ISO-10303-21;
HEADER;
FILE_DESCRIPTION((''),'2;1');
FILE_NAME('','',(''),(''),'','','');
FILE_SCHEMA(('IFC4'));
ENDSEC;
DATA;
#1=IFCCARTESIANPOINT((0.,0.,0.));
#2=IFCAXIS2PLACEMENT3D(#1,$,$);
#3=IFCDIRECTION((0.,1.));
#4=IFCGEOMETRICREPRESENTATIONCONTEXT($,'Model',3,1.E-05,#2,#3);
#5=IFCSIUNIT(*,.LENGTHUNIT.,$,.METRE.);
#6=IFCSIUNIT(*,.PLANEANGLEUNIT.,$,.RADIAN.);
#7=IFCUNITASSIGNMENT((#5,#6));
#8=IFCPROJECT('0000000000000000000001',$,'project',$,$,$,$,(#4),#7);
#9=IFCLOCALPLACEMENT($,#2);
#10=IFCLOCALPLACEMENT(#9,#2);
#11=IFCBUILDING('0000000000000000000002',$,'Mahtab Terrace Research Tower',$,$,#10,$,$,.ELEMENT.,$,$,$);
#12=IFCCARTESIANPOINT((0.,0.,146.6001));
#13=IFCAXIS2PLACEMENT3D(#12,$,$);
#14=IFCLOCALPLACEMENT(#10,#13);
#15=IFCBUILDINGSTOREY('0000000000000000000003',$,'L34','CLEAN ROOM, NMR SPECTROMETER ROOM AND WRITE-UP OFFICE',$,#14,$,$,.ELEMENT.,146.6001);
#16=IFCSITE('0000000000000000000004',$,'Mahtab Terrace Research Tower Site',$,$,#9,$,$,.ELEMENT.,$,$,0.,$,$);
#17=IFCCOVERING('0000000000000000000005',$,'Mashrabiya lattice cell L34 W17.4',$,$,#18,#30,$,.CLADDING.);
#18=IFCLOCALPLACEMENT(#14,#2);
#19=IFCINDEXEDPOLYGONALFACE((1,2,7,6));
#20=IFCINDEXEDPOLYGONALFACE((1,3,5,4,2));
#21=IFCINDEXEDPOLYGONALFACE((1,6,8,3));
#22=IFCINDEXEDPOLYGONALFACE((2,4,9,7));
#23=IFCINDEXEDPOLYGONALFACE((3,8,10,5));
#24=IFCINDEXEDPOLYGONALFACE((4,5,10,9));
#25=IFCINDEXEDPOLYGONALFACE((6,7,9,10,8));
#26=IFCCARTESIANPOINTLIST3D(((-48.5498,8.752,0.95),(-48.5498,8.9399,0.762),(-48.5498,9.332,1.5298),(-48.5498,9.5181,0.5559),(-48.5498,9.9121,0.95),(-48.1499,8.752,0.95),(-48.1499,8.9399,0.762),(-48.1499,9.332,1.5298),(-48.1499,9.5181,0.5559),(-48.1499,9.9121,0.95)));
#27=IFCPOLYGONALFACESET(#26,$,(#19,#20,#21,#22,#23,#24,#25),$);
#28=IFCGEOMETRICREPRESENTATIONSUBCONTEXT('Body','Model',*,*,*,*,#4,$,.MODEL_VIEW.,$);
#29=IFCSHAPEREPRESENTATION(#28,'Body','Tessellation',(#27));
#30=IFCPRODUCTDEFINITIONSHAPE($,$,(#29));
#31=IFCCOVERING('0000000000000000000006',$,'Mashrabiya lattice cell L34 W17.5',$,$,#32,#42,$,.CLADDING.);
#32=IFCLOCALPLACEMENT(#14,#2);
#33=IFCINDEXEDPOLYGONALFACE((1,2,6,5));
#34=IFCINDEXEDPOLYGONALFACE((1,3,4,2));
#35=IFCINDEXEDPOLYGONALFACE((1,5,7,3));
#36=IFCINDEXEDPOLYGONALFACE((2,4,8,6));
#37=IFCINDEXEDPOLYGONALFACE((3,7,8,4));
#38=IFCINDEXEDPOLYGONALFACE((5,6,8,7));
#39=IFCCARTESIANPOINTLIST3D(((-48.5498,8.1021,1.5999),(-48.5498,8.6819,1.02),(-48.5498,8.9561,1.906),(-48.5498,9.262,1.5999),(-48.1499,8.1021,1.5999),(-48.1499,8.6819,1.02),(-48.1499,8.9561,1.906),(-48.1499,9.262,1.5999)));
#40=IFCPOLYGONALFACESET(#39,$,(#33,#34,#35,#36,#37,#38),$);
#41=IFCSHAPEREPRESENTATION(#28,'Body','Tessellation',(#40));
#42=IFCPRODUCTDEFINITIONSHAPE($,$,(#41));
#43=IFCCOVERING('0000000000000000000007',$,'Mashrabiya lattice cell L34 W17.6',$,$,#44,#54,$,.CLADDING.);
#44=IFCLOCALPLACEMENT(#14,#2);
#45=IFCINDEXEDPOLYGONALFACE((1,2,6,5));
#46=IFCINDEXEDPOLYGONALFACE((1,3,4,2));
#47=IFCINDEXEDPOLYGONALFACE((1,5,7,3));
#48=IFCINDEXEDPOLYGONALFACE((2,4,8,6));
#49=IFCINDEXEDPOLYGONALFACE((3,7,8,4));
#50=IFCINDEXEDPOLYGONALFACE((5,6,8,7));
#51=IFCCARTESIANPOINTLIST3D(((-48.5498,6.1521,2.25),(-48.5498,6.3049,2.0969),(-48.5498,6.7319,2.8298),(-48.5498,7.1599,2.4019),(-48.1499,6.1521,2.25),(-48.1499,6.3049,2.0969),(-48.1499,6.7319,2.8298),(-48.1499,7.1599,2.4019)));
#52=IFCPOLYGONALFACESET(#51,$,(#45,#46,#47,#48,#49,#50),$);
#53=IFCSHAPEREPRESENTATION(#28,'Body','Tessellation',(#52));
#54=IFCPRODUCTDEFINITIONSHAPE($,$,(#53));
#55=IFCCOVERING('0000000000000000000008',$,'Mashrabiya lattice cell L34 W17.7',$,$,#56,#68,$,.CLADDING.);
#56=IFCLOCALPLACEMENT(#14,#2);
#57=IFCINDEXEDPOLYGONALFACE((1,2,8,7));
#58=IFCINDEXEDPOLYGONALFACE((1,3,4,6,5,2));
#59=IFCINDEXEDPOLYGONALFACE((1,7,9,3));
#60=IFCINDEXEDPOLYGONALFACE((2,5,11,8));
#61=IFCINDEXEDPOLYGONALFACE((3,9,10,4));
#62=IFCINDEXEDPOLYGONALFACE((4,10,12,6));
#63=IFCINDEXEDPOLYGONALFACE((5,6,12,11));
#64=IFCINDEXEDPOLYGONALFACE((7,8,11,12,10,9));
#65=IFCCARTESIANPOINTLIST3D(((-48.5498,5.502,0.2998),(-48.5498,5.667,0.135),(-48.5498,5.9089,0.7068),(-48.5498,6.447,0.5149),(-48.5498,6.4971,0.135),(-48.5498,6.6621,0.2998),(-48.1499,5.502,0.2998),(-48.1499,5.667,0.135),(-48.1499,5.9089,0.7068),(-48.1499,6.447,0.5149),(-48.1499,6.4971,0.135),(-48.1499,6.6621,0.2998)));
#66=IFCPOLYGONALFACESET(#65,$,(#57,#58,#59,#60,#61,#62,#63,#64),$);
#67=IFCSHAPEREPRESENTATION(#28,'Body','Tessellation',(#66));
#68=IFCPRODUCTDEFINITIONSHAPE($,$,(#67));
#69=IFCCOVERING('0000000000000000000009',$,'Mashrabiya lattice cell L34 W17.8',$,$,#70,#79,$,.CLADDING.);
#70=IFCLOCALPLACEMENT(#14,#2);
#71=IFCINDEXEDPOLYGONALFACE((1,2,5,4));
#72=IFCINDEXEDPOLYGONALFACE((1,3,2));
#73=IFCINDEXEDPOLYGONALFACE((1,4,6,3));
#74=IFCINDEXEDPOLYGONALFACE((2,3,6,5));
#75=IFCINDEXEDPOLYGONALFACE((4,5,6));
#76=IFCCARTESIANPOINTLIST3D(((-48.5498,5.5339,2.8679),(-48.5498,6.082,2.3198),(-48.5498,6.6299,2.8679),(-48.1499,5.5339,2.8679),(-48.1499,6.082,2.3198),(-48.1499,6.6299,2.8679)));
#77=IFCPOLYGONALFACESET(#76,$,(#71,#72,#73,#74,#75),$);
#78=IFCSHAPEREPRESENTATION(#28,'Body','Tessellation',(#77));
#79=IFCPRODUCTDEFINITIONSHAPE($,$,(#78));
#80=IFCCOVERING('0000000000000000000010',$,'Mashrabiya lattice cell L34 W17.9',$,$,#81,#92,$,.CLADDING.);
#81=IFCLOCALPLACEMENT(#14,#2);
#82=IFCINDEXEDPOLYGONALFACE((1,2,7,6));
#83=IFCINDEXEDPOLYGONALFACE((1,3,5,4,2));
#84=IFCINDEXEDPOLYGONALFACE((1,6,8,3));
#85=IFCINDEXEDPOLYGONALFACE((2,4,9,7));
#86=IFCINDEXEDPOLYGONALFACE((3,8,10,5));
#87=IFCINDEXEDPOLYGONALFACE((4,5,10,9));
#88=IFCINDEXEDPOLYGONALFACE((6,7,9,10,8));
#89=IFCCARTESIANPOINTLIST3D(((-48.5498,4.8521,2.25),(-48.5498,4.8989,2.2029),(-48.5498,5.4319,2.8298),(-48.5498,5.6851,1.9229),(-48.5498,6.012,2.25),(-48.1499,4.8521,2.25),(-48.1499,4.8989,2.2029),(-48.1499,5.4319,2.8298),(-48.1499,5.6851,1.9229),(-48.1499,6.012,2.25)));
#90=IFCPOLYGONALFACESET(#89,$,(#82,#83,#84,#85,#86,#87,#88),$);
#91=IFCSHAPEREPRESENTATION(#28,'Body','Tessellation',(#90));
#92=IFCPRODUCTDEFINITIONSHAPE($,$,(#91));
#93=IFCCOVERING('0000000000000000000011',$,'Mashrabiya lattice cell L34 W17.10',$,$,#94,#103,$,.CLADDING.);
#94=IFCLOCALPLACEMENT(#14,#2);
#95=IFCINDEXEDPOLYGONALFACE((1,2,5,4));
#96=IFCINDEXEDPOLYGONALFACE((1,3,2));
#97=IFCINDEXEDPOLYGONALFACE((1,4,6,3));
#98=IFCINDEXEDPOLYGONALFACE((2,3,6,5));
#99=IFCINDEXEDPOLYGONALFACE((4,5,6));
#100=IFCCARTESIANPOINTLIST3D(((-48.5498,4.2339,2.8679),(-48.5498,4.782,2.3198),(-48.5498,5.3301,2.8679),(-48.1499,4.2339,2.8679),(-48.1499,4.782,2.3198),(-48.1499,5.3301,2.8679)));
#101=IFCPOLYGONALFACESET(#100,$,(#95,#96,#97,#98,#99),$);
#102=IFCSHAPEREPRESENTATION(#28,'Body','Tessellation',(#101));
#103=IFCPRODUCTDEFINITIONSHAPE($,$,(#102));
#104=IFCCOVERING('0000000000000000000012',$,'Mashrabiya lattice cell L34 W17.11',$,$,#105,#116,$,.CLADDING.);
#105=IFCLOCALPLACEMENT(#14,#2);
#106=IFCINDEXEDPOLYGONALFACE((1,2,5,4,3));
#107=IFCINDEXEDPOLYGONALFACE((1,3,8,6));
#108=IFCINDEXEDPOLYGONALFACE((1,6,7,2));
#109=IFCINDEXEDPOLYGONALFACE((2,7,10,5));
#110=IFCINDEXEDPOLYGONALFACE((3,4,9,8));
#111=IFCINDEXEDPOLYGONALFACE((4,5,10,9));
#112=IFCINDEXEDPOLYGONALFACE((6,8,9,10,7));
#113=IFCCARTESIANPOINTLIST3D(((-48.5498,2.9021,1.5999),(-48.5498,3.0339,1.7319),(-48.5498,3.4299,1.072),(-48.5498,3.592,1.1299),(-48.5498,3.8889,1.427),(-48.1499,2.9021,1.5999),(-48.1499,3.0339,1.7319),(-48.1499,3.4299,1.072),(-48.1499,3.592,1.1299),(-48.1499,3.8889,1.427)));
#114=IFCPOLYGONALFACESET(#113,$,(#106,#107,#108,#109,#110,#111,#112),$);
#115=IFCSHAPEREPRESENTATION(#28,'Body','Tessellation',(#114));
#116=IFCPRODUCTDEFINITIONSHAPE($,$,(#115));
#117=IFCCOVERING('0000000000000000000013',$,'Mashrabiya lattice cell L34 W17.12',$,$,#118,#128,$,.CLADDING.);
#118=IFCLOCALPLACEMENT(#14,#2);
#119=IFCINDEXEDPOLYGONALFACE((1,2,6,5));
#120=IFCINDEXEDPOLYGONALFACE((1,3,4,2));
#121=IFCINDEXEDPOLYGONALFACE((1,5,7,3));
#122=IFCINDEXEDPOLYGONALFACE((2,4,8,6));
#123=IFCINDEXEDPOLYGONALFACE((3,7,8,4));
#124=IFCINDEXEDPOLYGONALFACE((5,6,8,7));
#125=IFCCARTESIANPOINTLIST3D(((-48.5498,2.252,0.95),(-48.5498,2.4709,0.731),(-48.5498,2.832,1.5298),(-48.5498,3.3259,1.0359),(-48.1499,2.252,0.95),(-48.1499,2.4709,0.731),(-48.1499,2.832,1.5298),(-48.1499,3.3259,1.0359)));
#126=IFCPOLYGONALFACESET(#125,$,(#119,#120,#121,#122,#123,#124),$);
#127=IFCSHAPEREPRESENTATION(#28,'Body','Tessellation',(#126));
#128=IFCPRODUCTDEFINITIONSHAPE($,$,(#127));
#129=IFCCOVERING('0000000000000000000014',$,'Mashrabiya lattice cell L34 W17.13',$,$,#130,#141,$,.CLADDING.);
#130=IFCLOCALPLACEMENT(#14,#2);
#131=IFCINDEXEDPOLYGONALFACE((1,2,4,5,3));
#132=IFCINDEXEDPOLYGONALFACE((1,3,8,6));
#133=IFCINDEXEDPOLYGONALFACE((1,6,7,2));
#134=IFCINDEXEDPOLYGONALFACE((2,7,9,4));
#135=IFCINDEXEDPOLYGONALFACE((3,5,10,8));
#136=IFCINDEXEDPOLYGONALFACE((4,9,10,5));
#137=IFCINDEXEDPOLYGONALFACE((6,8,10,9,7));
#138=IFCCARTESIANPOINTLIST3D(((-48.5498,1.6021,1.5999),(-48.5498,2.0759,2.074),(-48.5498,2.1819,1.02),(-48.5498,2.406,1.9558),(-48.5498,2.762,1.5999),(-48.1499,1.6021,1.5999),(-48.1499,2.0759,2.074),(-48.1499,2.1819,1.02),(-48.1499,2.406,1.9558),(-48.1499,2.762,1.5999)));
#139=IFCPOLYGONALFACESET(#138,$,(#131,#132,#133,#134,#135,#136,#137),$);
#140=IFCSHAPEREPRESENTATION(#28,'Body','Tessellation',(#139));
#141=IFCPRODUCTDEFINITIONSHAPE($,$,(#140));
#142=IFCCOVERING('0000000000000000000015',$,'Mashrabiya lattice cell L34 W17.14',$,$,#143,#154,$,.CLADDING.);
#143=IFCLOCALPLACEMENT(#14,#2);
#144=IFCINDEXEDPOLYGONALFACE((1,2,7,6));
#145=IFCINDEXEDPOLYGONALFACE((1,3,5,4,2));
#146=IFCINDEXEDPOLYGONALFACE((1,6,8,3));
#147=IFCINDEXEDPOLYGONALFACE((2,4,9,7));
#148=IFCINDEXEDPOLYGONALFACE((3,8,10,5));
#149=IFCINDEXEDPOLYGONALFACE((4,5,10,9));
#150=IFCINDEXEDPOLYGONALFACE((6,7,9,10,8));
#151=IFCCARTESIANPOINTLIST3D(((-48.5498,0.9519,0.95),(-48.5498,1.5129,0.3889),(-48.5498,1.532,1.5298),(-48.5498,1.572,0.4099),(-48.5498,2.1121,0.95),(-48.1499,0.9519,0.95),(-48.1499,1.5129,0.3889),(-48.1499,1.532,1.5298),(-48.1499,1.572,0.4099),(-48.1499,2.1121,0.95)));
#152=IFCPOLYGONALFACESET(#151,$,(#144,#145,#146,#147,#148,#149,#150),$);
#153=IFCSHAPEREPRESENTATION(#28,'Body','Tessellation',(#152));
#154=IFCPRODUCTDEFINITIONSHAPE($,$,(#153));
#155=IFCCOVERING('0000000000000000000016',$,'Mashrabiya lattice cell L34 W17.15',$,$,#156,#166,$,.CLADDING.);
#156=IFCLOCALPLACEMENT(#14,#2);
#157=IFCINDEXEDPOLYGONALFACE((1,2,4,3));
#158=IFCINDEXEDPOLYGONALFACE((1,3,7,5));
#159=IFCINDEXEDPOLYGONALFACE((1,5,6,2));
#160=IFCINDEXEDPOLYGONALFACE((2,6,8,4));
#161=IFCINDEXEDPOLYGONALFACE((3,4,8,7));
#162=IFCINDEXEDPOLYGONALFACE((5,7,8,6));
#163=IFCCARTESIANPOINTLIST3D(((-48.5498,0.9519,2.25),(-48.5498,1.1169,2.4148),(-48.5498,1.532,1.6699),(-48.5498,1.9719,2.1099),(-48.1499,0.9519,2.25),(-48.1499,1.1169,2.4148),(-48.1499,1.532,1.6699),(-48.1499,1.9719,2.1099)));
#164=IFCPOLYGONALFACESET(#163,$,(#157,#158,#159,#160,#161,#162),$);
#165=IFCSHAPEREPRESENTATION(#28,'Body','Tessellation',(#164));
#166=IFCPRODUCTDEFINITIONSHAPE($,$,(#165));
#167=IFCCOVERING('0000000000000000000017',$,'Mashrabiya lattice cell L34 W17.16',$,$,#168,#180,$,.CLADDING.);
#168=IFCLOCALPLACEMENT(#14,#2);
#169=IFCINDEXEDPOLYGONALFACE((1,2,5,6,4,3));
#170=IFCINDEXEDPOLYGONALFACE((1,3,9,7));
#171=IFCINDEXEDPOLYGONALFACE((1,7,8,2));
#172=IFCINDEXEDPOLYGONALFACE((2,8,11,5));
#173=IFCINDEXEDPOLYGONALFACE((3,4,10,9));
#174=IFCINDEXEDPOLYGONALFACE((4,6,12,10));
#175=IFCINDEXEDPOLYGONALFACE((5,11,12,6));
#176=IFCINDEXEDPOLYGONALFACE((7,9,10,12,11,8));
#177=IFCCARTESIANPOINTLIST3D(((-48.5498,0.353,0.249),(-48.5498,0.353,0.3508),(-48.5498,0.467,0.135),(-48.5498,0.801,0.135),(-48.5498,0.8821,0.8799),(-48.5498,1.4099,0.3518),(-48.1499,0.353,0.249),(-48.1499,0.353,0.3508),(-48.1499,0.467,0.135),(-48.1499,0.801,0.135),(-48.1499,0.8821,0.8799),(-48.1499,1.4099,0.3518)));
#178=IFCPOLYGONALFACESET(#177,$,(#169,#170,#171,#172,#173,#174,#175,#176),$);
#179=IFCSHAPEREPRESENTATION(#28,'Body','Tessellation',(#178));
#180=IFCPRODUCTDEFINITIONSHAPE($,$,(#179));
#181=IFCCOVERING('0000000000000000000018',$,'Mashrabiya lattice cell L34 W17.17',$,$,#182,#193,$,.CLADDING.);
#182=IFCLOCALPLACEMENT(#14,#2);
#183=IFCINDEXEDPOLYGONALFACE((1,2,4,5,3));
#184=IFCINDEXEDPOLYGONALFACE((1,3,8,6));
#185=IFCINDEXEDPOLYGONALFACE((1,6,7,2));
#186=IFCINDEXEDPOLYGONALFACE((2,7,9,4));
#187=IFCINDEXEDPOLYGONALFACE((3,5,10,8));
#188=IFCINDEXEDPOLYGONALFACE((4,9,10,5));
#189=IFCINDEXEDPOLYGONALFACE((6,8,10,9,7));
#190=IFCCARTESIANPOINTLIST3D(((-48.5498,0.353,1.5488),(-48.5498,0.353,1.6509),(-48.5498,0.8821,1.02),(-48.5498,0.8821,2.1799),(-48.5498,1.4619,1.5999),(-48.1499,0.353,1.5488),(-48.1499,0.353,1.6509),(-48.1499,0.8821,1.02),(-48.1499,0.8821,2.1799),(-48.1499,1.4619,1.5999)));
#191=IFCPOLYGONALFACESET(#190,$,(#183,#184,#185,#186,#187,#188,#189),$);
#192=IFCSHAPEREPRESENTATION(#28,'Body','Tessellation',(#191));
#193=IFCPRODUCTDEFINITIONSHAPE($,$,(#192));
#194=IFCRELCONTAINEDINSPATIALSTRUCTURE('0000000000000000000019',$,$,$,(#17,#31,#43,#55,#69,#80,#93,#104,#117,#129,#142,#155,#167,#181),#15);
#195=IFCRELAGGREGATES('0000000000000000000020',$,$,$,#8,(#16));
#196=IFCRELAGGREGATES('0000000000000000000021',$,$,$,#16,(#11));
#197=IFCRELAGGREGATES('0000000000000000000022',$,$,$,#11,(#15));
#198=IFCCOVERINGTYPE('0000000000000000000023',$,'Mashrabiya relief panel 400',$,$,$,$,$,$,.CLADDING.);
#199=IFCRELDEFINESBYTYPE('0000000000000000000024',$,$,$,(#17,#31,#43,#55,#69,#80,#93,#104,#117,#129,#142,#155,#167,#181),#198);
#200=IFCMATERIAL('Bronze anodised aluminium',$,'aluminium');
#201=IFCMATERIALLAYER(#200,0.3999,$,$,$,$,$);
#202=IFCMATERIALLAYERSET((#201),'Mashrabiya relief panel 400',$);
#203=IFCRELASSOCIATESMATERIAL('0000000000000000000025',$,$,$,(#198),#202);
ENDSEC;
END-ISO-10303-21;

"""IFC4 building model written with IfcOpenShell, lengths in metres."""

from ifc_helpers import new_model, si_unit, direction, frame, origin, place, context, subcontext, project, spatial, polyline, outline, extrude, material, layer, layer_set, type_object, element, save


model = new_model("IFC4")

# Units and contexts
model_context = context("Model", 3, precision=1e-05, world=origin(), true_north=direction((0.0, 1.0)))
body_context = subcontext(model_context, "Body", "Model", "MODEL_VIEW")
ifc_project = project(units=[si_unit("LENGTHUNIT", "METRE"), si_unit("PLANEANGLEUNIT", "RADIAN")], contexts=[model_context])

# Site, building, storey
site_placement = place(None, origin())
site = spatial("IfcSite", under=ifc_project, at=site_placement, Name="Mahtab Terrace Research Tower Site", CompositionType="ELEMENT", RefElevation=0.0)
building_placement = place(site_placement, origin())
building = spatial("IfcBuilding", under=site, at=building_placement, Name="Mahtab Terrace Research Tower", CompositionType="ELEMENT")
storey_placement = place(building_placement, frame((0.0, 0.0, 146.6001)))
storey = spatial("IfcBuildingStorey", under=building, at=storey_placement, Name="L34", Description="CLEAN ROOM, NMR SPECTROMETER ROOM AND WRITE-UP OFFICE", CompositionType="ELEMENT", Elevation=146.6001)

# Coverings
ifc_material_1 = material(Name="Bronze anodised aluminium", Category="aluminium")
ifc_layer_1 = layer(ifc_material_1, 0.3999)
ifc_layer_set_1 = layer_set([ifc_layer_1], Name="Mashrabiya relief panel 400")
covering_type = type_object("IfcCoveringType", Name="Mashrabiya relief panel 400", PredefinedType="CLADDING", material=ifc_layer_set_1)
covering_1_placement = place(storey_placement, frame((-48.1499, 9.9121, 0.95), z_axis=(1.0, 0.0, 0.0), x_axis=(0.0, -0.707256, 0.706958)))
element("IfcCovering", 1, at=covering_1_placement, inside=storey, type_object=covering_type, Name="Mashrabiya lattice cell L34 W17.4", PredefinedType="CLADDING", context=body_context, shape_type="SweptSolid", body=[
    extrude(outline(polyline([(0.0, 0.0), (0.8202, 0.0), (0.8205, 0.8202), (0.5547, 0.8202), (0.0001, 0.5573), (0.0, 0.0)])), origin(), (0.0, 0.0, -1.0), 0.3999),
])
covering_2_placement = place(storey_placement, frame((-48.1499, 8.1021, 1.5999), z_axis=(1.0, 0.0, 0.0), x_axis=(0.0, 0.707107, -0.707107)))
element("IfcCovering", 2, at=covering_2_placement, inside=storey, type_object=covering_type, Name="Mashrabiya lattice cell L34 W17.5", PredefinedType="CLADDING", context=body_context, shape_type="SweptSolid", body=[
    extrude(outline(polyline([(0.0, 0.0), (0.82, 0.0), (0.8202, 0.8202), (0.3874, 0.8204), (0.0, 0.0)])), origin(), (0.0, 0.0, -1.0), 0.3999),
])
covering_3_placement = place(storey_placement, frame((-48.1499, 6.7319, 2.8298), z_axis=(1.0, 0.0, 0.0), x_axis=(0.0, -0.707107, -0.707107)))
element("IfcCovering", 3, at=covering_3_placement, inside=storey, type_object=covering_type, Name="Mashrabiya lattice cell L34 W17.6", PredefinedType="CLADDING", context=body_context, shape_type="SweptSolid", body=[
    extrude(outline(polyline([(0.0, 0.0), (0.82, 0.0), (0.8202, 0.2163), (0.0, 0.6053), (0.0, 0.0)])), origin(), (0.0, 0.0, -1.0), 0.3999),
])
covering_4_placement = place(storey_placement, frame((-48.1499, 6.6621, 0.2998), z_axis=(1.0, 0.0, 0.0), x_axis=(0.0, -0.707107, 0.707107)))
element("IfcCovering", 4, at=covering_4_placement, inside=storey, type_object=covering_type, Name="Mashrabiya lattice cell L34 W17.7", PredefinedType="CLADDING", context=body_context, shape_type="SweptSolid", body=[
    extrude(outline(polyline([(0.0, 0.0), (0.3042, 0.0), (0.8204, 0.2448), (0.8204, 0.8204), (0.5871, 0.8202), (0.0002, 0.2332), (0.0, 0.0)])), origin(), (0.0, 0.0, -1.0), 0.3999),
])
covering_5_placement = place(storey_placement, frame((-48.1499, 6.082, 2.3198), z_axis=(1.0, 0.0, 0.0), x_axis=(0.0, 0.706949, 0.707264)))
element("IfcCovering", 5, at=covering_5_placement, inside=storey, type_object=covering_type, Name="Mashrabiya lattice cell L34 W17.8", PredefinedType="CLADDING", context=body_context, shape_type="SweptSolid", body=[
    extrude(outline(polyline([(0.0, 0.0), (0.775, 0.0), (0.0002, 0.7751), (0.0, 0.0)])), origin(), (0.0, 0.0, -1.0), 0.3999),
])
covering_6_placement = place(storey_placement, frame((-48.1499, 6.012, 2.25), z_axis=(1.0, 0.0, 0.0), x_axis=(0.0, -0.707256, 0.706958)))
element("IfcCovering", 6, at=covering_6_placement, inside=storey, type_object=covering_type, Name="Mashrabiya lattice cell L34 W17.9", PredefinedType="CLADDING", context=body_context, shape_type="SweptSolid", body=[
    extrude(outline(polyline([(0.0, 0.0), (0.8202, 0.0), (0.8204, 0.82), (0.7539, 0.8202), (-0.0001, 0.4625), (0.0, 0.0)])), origin(), (0.0, 0.0, -1.0), 0.3999),
])
covering_7_placement = place(storey_placement, frame((-48.1499, 4.782, 2.3198), z_axis=(1.0, 0.0, 0.0), x_axis=(0.0, 0.707107, 0.707107)))
element("IfcCovering", 7, at=covering_7_placement, inside=storey, type_object=covering_type, Name="Mashrabiya lattice cell L34 W17.10", PredefinedType="CLADDING", context=body_context, shape_type="SweptSolid", body=[
    extrude(outline(polyline([(0.0, 0.0), (0.7751, 0.0), (0.0, 0.7751), (0.0, 0.0)])), origin(), (0.0, 0.0, -1.0), 0.3999),
])
covering_8_placement = place(storey_placement, frame((-48.1499, 3.8889, 1.427), z_axis=(1.0, 0.0, 0.0), x_axis=(0.0, -0.941888, 0.335927)))
element("IfcCovering", 8, at=covering_8_placement, inside=storey, type_object=covering_type, Name="Mashrabiya lattice cell L34 W17.11", PredefinedType="CLADDING", context=body_context, shape_type="SweptSolid", body=[
    extrude(outline(polyline([(0.0, 0.0), (0.9077, 0.0), (0.9875, 0.1687), (0.3131, 0.4885), (0.1798, 0.3796), (0.0, 0.0)])), origin(), (0.0, 0.0, -1.0), 0.3999),
])
covering_9_placement = place(storey_placement, frame((-48.1499, 2.832, 1.5298), z_axis=(1.0, 0.0, 0.0), x_axis=(0.0, -0.707256, -0.706958)))
element("IfcCovering", 9, at=covering_9_placement, inside=storey, type_object=covering_type, Name="Mashrabiya lattice cell L34 W17.12", PredefinedType="CLADDING", context=body_context, shape_type="SweptSolid", body=[
    extrude(outline(polyline([(0.0, 0.0), (0.8202, 0.0), (0.8201, 0.3097), (-0.0001, 0.6985), (0.0, 0.0)])), origin(), (0.0, 0.0, -1.0), 0.3999),
])
covering_10_placement = place(storey_placement, frame((-48.1499, 1.6021, 1.5999), z_axis=(1.0, 0.0, 0.0), x_axis=(0.0, 0.707107, -0.707107)))
element("IfcCovering", 10, at=covering_10_placement, inside=storey, type_object=covering_type, Name="Mashrabiya lattice cell L34 W17.13", PredefinedType="CLADDING", context=body_context, shape_type="SweptSolid", body=[
    extrude(outline(polyline([(0.0, 0.0), (0.82, 0.0), (0.8202, 0.8202), (0.3168, 0.8202), (-0.0002, 0.6703), (0.0, 0.0)])), origin(), (0.0, 0.0, -1.0), 0.3999),
])
covering_11_placement = place(storey_placement, frame((-48.1499, 2.1121, 0.95), z_axis=(1.0, 0.0, 0.0), x_axis=(0.0, -0.707256, 0.706958)))
element("IfcCovering", 11, at=covering_11_placement, inside=storey, type_object=covering_type, Name="Mashrabiya lattice cell L34 W17.14", PredefinedType="CLADDING", context=body_context, shape_type="SweptSolid", body=[
    extrude(outline(polyline([(0.0, 0.0), (0.8202, 0.0), (0.8205, 0.8202), (0.0271, 0.8203), (0.0002, 0.7637), (0.0, 0.0)])), origin(), (0.0, 0.0, -1.0), 0.3999),
])
covering_12_placement = place(storey_placement, frame((-48.1499, 0.9519, 2.25), z_axis=(1.0, 0.0, 0.0), x_axis=(0.0, 0.707107, -0.707107)))
element("IfcCovering", 12, at=covering_12_placement, inside=storey, type_object=covering_type, Name="Mashrabiya lattice cell L34 W17.15", PredefinedType="CLADDING", context=body_context, shape_type="SweptSolid", body=[
    extrude(outline(polyline([(0.0, 0.0), (0.8204, 0.0), (0.8204, 0.6222), (0.0002, 0.2332), (0.0, 0.0)])), origin(), (0.0, 0.0, -1.0), 0.3999),
])
covering_13_placement = place(storey_placement, frame((-48.1499, 0.467, 0.135), z_axis=(1.0, 0.0, 0.0), x_axis=(0.0, 1.0, 0.0)))
element("IfcCovering", 13, at=covering_13_placement, inside=storey, type_object=covering_type, Name="Mashrabiya lattice cell L34 W17.16", PredefinedType="CLADDING", context=body_context, shape_type="SweptSolid", body=[
    extrude(outline(polyline([(0.0, 0.0), (0.334, 0.0), (0.9429, 0.2168), (0.415, 0.7449), (-0.114, 0.2158), (-0.114, 0.114), (0.0, 0.0)])), origin(), (0.0, 0.0, -1.0), 0.3999),
])
covering_14_placement = place(storey_placement, frame((-48.1499, 0.8821, 1.02), z_axis=(1.0, 0.0, 0.0), x_axis=(0.0, 0.707107, 0.707107)))
element("IfcCovering", 14, at=covering_14_placement, inside=storey, type_object=covering_type, Name="Mashrabiya lattice cell L34 W17.17", PredefinedType="CLADDING", context=body_context, shape_type="SweptSolid", body=[
    extrude(outline(polyline([(0.0, 0.0), (0.82, 0.0), (0.8202, 0.8202), (0.072, 0.8202), (-0.0002, 0.748), (0.0, 0.0)])), origin(), (0.0, 0.0, -1.0), 0.3999),
])

save(model, "model.ifc")
